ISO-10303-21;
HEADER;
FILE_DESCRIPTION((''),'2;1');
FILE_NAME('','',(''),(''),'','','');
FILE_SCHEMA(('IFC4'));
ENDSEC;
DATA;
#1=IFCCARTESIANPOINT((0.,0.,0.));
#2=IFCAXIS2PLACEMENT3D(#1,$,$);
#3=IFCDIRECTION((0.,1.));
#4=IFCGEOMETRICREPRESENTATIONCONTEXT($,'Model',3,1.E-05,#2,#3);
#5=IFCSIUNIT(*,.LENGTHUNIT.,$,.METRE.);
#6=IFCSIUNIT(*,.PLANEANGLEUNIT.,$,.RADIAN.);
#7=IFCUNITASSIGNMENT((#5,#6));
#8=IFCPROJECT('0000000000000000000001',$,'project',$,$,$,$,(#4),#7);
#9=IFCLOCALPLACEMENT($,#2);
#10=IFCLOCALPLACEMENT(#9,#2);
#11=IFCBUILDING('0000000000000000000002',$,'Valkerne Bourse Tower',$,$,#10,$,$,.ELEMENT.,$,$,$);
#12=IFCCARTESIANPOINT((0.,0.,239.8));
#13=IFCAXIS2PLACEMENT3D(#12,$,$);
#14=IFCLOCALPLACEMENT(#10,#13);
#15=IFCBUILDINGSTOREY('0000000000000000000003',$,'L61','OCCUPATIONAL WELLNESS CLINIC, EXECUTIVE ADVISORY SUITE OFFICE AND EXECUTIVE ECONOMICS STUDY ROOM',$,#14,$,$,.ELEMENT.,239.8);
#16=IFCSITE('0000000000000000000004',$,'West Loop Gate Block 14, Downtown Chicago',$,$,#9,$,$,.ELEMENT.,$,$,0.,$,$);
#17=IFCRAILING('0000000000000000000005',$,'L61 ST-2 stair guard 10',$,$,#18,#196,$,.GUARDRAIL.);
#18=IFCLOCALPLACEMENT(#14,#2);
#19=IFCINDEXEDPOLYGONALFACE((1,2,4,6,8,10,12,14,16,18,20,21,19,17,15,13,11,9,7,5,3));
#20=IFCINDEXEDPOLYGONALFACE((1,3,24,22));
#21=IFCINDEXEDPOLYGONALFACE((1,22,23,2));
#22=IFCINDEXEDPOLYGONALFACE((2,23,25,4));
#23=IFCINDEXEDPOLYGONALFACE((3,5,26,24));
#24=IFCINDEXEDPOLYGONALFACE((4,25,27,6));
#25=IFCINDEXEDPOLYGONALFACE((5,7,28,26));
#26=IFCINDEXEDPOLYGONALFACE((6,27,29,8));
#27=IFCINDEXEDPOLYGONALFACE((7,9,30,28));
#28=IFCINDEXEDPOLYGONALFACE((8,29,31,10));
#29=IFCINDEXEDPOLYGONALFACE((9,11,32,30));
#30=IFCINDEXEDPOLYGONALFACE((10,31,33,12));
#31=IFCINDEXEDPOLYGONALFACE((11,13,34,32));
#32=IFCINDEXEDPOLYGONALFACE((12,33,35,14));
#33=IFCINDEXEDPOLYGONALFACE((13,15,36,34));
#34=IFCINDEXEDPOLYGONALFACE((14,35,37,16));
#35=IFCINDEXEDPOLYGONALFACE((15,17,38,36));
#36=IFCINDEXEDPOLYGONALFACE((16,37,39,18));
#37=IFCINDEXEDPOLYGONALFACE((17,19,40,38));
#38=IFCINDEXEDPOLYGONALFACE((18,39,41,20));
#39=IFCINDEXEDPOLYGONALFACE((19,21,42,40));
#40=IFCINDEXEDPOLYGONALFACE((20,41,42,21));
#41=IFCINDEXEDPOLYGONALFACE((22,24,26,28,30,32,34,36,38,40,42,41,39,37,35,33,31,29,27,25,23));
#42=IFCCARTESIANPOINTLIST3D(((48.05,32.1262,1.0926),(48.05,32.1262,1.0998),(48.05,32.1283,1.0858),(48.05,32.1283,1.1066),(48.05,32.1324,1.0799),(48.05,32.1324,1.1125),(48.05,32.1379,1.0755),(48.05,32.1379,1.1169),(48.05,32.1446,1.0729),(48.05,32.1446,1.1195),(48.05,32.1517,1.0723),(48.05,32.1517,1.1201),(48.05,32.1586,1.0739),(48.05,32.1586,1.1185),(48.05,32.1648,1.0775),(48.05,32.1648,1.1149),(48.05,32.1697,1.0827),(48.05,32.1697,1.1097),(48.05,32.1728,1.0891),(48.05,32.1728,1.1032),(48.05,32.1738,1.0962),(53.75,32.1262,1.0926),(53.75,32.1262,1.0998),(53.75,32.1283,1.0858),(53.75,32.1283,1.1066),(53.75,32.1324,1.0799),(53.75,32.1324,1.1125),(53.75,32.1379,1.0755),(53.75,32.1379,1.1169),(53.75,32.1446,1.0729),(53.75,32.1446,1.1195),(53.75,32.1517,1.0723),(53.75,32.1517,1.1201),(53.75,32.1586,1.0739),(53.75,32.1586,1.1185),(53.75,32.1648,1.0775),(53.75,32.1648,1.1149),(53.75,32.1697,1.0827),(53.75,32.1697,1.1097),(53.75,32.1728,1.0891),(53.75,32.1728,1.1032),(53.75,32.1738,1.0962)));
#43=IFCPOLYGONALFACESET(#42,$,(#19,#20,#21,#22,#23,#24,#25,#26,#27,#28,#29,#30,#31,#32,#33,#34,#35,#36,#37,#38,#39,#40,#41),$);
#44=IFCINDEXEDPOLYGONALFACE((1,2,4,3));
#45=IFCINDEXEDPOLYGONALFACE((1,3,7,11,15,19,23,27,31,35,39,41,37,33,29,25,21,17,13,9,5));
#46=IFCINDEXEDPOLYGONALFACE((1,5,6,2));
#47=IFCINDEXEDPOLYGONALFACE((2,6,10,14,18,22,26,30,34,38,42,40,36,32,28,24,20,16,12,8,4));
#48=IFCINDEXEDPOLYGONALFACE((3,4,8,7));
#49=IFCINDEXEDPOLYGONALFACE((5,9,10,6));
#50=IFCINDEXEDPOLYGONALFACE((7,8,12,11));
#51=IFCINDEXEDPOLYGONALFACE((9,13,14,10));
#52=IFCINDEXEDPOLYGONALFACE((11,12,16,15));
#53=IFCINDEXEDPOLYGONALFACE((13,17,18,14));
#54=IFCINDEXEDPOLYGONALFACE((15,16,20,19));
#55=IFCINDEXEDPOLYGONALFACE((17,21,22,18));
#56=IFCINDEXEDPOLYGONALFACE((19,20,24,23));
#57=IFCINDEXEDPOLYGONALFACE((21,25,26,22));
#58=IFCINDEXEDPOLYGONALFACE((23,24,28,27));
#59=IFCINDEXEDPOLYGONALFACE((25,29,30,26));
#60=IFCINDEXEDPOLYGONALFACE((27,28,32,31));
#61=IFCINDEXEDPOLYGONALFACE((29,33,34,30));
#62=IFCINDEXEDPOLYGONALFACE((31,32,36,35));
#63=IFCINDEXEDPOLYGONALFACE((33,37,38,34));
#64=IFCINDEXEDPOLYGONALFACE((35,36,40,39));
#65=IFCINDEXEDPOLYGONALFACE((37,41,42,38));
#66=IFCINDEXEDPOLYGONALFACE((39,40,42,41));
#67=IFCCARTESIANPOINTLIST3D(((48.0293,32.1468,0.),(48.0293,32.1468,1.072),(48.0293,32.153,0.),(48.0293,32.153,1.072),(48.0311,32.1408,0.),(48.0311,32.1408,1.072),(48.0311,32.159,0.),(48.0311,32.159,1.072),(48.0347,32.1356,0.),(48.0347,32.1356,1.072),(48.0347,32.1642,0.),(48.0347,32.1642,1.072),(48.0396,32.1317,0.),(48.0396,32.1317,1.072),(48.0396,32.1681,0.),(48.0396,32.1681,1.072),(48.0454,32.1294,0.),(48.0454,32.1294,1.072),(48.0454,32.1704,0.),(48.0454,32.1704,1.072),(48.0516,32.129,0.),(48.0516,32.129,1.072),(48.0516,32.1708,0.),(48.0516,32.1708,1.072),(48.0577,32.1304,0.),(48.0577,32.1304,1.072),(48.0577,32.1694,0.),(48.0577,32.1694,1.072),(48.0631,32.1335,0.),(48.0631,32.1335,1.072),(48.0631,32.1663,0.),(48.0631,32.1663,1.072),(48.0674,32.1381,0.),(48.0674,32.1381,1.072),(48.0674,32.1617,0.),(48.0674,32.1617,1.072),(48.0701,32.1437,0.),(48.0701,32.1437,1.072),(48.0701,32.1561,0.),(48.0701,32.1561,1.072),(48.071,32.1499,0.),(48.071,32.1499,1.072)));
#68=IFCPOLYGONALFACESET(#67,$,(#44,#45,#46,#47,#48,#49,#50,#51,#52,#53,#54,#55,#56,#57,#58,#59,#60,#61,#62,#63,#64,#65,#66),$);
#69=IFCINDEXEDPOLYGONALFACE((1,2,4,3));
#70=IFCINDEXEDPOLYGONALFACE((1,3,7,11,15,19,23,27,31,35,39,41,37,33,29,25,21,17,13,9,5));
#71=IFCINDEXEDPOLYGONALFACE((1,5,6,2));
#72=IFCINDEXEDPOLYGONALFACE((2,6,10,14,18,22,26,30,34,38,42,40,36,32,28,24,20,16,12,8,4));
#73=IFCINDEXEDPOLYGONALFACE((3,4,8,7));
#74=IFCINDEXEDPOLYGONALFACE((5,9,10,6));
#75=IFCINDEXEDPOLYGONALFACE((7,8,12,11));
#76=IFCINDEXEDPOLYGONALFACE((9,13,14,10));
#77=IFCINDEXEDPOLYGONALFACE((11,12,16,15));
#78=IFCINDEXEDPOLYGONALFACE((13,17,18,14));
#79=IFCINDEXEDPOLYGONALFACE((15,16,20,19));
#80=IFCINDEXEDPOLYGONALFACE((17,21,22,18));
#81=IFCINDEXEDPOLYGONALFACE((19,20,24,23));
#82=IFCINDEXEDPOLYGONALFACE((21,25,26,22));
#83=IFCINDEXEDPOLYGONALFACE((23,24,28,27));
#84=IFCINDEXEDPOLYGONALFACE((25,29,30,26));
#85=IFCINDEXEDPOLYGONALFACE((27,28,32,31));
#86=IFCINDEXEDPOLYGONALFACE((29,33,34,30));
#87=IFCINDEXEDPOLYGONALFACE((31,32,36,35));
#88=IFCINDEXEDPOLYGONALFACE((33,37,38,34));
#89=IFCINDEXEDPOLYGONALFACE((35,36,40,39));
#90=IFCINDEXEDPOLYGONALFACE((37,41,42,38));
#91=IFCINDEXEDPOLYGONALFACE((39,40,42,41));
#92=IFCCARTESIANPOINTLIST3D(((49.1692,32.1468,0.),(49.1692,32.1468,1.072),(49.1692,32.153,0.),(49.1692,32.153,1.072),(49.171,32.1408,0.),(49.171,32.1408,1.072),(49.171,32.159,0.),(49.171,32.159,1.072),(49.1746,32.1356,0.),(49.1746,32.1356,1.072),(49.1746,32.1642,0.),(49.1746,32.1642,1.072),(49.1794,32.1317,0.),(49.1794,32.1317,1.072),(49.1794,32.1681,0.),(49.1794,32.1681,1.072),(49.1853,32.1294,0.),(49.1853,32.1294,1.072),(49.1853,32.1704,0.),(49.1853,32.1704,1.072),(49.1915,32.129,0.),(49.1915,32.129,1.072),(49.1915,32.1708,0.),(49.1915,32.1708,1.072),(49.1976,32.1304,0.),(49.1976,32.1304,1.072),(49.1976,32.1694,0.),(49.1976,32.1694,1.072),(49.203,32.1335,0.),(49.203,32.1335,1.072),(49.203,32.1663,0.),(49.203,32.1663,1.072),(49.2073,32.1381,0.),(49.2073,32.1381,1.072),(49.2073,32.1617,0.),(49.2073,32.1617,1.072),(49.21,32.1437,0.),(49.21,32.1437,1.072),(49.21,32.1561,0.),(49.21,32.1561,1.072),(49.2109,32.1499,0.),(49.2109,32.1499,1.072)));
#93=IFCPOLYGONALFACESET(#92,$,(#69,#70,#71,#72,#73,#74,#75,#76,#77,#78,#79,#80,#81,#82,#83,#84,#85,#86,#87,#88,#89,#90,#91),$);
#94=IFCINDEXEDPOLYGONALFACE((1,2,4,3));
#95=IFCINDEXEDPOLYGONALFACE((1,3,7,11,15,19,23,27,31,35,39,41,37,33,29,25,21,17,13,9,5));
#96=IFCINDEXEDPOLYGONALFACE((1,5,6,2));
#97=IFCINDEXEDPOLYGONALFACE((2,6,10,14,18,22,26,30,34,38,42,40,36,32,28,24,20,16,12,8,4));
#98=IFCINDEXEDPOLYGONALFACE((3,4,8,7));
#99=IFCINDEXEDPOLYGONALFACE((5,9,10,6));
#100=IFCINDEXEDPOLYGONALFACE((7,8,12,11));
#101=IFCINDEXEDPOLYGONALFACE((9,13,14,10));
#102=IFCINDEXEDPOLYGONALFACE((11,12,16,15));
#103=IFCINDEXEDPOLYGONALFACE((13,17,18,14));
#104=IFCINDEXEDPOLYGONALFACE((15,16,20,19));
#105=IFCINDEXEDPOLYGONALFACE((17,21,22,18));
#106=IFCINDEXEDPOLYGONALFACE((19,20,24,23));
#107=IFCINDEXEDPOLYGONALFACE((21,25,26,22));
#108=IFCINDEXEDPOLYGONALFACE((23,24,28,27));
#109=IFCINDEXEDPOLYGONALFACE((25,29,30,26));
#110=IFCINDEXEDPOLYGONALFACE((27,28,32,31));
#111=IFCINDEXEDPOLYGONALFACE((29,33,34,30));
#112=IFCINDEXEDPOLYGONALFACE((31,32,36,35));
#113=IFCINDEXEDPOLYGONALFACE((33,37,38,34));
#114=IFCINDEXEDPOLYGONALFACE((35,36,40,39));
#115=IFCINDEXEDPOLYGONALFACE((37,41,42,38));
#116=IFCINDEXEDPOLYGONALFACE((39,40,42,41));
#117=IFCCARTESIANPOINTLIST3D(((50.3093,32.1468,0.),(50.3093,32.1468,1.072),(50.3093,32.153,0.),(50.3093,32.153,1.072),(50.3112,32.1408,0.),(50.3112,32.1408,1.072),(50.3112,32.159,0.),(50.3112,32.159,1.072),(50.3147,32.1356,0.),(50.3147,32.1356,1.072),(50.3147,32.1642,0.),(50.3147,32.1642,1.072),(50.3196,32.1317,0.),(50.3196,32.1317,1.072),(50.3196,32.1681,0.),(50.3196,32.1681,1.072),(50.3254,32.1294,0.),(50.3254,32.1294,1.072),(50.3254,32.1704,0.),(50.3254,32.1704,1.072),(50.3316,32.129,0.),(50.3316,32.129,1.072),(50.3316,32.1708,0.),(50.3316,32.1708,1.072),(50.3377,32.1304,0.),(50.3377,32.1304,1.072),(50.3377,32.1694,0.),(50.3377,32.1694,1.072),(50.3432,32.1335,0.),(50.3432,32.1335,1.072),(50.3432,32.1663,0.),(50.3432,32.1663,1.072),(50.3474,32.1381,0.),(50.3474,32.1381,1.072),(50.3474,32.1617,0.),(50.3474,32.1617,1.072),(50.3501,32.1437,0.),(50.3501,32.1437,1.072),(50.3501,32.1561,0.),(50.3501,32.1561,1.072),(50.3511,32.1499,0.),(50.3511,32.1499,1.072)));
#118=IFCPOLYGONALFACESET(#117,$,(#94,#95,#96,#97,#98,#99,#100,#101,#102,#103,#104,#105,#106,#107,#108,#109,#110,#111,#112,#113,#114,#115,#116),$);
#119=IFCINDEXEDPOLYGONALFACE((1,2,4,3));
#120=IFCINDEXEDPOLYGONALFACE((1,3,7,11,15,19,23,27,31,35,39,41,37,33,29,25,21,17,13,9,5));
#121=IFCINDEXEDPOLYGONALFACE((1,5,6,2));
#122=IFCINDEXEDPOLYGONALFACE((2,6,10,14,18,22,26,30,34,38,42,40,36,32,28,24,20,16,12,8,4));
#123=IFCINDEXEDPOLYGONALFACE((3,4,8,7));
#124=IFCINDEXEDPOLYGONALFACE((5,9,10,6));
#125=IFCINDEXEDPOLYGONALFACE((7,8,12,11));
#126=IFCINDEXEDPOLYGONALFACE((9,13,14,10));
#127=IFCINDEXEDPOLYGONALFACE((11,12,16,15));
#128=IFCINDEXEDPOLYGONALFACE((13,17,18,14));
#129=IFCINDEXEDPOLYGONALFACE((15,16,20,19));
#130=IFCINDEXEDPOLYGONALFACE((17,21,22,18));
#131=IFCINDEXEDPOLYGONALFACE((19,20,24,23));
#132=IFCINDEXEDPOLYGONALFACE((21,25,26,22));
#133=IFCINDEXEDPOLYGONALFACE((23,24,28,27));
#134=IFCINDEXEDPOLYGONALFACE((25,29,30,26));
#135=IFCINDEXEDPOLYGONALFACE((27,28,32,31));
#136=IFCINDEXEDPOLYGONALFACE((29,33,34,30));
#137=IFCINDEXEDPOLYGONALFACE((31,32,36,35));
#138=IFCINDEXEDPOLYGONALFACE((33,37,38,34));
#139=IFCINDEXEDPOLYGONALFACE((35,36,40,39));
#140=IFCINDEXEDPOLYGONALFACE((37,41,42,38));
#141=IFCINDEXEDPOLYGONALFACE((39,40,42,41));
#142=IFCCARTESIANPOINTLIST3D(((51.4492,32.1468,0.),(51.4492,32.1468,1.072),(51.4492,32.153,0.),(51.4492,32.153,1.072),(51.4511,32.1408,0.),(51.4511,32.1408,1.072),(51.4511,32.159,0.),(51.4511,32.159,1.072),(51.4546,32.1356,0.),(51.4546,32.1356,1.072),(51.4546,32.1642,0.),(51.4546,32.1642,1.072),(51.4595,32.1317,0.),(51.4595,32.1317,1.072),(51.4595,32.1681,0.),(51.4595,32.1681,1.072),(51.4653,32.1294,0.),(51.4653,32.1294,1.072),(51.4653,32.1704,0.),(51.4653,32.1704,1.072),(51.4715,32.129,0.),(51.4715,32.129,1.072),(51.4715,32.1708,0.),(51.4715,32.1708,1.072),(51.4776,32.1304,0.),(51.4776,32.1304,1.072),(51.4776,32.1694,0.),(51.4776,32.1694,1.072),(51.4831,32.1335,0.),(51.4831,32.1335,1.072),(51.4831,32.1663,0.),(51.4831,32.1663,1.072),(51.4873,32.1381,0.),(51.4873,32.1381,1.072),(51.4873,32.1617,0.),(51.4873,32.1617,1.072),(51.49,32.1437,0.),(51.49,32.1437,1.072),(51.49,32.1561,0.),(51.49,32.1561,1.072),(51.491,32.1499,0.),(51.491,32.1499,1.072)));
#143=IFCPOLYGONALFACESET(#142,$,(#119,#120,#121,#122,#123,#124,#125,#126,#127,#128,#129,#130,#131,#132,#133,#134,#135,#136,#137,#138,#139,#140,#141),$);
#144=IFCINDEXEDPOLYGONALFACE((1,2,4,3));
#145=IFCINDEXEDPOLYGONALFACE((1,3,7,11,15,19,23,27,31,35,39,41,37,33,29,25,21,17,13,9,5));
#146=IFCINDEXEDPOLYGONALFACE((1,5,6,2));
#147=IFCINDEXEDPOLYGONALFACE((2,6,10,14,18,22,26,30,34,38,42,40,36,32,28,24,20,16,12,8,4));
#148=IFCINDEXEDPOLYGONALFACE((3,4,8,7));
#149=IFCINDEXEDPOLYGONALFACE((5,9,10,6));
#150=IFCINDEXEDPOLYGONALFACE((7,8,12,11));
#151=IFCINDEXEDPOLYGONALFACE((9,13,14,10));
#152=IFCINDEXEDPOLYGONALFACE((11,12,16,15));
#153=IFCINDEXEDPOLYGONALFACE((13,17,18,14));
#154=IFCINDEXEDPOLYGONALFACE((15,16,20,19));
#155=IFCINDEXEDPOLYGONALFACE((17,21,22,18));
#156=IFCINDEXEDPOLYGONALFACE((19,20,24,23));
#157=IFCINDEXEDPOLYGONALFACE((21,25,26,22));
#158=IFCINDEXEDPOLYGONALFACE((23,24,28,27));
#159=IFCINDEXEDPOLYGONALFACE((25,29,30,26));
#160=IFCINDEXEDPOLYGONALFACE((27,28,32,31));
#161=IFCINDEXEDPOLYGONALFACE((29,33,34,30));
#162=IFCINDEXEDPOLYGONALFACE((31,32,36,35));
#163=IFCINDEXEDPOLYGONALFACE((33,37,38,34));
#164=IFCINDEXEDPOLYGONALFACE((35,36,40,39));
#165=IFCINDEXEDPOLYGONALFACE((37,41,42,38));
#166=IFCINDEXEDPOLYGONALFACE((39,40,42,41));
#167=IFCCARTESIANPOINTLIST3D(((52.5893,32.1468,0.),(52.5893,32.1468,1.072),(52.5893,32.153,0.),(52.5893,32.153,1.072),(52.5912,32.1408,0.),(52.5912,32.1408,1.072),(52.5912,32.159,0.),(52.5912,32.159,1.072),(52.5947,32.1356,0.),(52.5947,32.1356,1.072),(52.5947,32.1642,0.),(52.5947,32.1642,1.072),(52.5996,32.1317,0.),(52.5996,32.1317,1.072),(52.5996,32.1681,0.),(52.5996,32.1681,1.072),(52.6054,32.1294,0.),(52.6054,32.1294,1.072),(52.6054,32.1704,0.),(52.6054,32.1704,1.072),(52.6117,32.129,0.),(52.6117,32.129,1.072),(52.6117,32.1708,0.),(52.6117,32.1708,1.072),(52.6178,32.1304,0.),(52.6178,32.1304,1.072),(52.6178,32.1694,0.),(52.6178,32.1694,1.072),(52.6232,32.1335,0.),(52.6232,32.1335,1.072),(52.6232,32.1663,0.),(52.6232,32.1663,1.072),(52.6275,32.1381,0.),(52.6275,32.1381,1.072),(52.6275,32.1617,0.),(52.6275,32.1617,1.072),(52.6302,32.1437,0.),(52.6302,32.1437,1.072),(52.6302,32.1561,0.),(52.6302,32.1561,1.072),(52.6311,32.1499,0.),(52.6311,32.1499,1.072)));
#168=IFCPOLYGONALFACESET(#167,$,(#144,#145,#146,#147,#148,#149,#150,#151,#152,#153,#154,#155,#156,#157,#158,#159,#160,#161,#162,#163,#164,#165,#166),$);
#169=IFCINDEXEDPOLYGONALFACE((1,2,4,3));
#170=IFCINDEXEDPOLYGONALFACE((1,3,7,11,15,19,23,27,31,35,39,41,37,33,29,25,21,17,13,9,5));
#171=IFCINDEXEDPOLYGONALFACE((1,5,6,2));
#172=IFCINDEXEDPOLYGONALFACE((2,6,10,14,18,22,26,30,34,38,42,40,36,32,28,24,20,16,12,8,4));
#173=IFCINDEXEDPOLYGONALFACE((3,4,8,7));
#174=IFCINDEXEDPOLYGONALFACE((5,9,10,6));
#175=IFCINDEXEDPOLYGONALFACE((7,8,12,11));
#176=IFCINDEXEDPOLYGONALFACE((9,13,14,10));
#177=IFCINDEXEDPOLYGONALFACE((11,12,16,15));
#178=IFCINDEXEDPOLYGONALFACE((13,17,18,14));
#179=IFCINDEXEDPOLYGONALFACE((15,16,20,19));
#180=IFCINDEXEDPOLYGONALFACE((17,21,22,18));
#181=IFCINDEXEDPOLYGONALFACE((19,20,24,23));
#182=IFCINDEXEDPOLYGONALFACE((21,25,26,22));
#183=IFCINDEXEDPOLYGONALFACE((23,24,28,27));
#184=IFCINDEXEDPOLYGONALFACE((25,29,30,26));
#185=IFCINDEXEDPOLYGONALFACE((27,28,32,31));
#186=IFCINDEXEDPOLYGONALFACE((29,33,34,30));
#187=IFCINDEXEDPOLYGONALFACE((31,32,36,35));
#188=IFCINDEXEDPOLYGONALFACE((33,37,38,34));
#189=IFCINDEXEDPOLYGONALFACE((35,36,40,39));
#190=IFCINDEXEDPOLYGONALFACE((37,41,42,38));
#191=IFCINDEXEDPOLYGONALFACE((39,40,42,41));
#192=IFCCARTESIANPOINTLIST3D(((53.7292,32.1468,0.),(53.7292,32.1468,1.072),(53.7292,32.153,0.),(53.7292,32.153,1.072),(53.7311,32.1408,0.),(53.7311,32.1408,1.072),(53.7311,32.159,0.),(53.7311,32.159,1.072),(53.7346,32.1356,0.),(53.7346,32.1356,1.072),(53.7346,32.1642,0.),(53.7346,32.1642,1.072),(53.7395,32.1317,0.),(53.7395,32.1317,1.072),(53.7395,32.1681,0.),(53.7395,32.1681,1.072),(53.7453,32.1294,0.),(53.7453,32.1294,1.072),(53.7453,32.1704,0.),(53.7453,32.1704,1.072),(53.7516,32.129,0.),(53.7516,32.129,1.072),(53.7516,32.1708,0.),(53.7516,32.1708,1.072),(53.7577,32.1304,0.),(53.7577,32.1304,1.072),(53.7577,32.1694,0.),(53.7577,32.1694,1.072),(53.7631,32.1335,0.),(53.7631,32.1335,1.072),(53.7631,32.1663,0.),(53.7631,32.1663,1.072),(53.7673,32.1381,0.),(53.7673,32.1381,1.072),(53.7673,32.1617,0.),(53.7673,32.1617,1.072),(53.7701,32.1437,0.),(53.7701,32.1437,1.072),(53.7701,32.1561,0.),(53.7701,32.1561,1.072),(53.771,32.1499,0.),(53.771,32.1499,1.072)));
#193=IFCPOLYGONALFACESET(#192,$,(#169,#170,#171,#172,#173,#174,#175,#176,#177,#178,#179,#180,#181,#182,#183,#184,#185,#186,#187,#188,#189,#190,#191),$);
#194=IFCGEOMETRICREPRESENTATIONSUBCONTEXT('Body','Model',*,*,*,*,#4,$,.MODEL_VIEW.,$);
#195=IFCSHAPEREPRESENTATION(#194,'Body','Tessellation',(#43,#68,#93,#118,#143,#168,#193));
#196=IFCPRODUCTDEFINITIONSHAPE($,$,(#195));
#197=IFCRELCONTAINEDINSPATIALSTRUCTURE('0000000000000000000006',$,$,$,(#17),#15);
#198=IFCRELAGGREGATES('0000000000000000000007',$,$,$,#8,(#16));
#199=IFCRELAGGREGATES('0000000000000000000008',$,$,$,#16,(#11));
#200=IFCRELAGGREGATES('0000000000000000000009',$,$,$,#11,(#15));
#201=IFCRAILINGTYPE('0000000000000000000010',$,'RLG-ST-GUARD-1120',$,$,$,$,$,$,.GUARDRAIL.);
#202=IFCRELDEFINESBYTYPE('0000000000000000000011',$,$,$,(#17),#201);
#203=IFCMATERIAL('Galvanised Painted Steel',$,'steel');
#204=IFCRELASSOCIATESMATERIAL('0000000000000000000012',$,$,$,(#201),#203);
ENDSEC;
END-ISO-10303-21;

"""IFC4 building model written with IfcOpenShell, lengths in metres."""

from ifc_helpers import new_model, si_unit, direction, frame, origin, origin_2d, place, context, subcontext, project, spatial, circle, extrude, material, type_object, element, save


model = new_model("IFC4")

# Units and contexts
model_context = context("Model", 3, precision=1e-05, world=origin(), true_north=direction((0.0, 1.0)))
body_context = subcontext(model_context, "Body", "Model", "MODEL_VIEW")
ifc_project = project(units=[si_unit("LENGTHUNIT", "METRE"), si_unit("PLANEANGLEUNIT", "RADIAN")], contexts=[model_context])

# Site, building, storey
site_placement = place(None, origin())
site = spatial("IfcSite", under=ifc_project, at=site_placement, Name="West Loop Gate Block 14, Downtown Chicago", CompositionType="ELEMENT", RefElevation=0.0)
building_placement = place(site_placement, origin())
building = spatial("IfcBuilding", under=site, at=building_placement, Name="Valkerne Bourse Tower", CompositionType="ELEMENT")
storey_placement = place(building_placement, frame((0.0, 0.0, 239.8)))
storey = spatial("IfcBuildingStorey", under=building, at=storey_placement, Name="L61", Description="OCCUPATIONAL WELLNESS CLINIC, EXECUTIVE ADVISORY SUITE OFFICE AND EXECUTIVE ECONOMICS STUDY ROOM", CompositionType="ELEMENT", Elevation=239.8)

# Shared definitions
ifc_material_1 = material(Name="Galvanised Painted Steel", Category="steel")

# Railing
railing_type_1 = type_object("IfcRailingType", Name="RLG-ST-GUARD-1120", PredefinedType="GUARDRAIL", material=ifc_material_1)
railing_1_placement = place(storey_placement, frame((48.05, 32.1499, 0.0)))
element("IfcRailing", 1, at=railing_1_placement, inside=storey, type_object=railing_type_1, Name="L61 ST-2 stair guard 10", PredefinedType="GUARDRAIL", context=body_context, shape_type="SweptSolid", body=[
    extrude(circle(Radius=0.0239, at=origin_2d()), frame((0.0, 0.0, 1.0962), z_axis=(1.0, 0.0, 0.0), x_axis=(0.0, 1.0, 0.0)), (0.0, 0.0, 1.0), 5.7),
    extrude(circle(Radius=0.021, at=origin_2d()), origin(), (0.0, 0.0, 1.0), 1.072),
    extrude(circle(Radius=0.021, at=origin_2d()), frame((1.1399, 0.0, 0.0)), (0.0, 0.0, 1.0), 1.072),
    extrude(circle(Radius=0.021, at=origin_2d()), frame((2.28, 0.0, 0.0)), (0.0, 0.0, 1.0), 1.072),
    extrude(circle(Radius=0.021, at=origin_2d()), frame((3.4199, 0.0, 0.0)), (0.0, 0.0, 1.0), 1.072),
    extrude(circle(Radius=0.021, at=origin_2d()), frame((4.5601, 0.0, 0.0)), (0.0, 0.0, 1.0), 1.072),
    extrude(circle(Radius=0.021, at=origin_2d()), frame((5.7, 0.0, 0.0)), (0.0, 0.0, 1.0), 1.072),
])

save(model, "model.ifc")
